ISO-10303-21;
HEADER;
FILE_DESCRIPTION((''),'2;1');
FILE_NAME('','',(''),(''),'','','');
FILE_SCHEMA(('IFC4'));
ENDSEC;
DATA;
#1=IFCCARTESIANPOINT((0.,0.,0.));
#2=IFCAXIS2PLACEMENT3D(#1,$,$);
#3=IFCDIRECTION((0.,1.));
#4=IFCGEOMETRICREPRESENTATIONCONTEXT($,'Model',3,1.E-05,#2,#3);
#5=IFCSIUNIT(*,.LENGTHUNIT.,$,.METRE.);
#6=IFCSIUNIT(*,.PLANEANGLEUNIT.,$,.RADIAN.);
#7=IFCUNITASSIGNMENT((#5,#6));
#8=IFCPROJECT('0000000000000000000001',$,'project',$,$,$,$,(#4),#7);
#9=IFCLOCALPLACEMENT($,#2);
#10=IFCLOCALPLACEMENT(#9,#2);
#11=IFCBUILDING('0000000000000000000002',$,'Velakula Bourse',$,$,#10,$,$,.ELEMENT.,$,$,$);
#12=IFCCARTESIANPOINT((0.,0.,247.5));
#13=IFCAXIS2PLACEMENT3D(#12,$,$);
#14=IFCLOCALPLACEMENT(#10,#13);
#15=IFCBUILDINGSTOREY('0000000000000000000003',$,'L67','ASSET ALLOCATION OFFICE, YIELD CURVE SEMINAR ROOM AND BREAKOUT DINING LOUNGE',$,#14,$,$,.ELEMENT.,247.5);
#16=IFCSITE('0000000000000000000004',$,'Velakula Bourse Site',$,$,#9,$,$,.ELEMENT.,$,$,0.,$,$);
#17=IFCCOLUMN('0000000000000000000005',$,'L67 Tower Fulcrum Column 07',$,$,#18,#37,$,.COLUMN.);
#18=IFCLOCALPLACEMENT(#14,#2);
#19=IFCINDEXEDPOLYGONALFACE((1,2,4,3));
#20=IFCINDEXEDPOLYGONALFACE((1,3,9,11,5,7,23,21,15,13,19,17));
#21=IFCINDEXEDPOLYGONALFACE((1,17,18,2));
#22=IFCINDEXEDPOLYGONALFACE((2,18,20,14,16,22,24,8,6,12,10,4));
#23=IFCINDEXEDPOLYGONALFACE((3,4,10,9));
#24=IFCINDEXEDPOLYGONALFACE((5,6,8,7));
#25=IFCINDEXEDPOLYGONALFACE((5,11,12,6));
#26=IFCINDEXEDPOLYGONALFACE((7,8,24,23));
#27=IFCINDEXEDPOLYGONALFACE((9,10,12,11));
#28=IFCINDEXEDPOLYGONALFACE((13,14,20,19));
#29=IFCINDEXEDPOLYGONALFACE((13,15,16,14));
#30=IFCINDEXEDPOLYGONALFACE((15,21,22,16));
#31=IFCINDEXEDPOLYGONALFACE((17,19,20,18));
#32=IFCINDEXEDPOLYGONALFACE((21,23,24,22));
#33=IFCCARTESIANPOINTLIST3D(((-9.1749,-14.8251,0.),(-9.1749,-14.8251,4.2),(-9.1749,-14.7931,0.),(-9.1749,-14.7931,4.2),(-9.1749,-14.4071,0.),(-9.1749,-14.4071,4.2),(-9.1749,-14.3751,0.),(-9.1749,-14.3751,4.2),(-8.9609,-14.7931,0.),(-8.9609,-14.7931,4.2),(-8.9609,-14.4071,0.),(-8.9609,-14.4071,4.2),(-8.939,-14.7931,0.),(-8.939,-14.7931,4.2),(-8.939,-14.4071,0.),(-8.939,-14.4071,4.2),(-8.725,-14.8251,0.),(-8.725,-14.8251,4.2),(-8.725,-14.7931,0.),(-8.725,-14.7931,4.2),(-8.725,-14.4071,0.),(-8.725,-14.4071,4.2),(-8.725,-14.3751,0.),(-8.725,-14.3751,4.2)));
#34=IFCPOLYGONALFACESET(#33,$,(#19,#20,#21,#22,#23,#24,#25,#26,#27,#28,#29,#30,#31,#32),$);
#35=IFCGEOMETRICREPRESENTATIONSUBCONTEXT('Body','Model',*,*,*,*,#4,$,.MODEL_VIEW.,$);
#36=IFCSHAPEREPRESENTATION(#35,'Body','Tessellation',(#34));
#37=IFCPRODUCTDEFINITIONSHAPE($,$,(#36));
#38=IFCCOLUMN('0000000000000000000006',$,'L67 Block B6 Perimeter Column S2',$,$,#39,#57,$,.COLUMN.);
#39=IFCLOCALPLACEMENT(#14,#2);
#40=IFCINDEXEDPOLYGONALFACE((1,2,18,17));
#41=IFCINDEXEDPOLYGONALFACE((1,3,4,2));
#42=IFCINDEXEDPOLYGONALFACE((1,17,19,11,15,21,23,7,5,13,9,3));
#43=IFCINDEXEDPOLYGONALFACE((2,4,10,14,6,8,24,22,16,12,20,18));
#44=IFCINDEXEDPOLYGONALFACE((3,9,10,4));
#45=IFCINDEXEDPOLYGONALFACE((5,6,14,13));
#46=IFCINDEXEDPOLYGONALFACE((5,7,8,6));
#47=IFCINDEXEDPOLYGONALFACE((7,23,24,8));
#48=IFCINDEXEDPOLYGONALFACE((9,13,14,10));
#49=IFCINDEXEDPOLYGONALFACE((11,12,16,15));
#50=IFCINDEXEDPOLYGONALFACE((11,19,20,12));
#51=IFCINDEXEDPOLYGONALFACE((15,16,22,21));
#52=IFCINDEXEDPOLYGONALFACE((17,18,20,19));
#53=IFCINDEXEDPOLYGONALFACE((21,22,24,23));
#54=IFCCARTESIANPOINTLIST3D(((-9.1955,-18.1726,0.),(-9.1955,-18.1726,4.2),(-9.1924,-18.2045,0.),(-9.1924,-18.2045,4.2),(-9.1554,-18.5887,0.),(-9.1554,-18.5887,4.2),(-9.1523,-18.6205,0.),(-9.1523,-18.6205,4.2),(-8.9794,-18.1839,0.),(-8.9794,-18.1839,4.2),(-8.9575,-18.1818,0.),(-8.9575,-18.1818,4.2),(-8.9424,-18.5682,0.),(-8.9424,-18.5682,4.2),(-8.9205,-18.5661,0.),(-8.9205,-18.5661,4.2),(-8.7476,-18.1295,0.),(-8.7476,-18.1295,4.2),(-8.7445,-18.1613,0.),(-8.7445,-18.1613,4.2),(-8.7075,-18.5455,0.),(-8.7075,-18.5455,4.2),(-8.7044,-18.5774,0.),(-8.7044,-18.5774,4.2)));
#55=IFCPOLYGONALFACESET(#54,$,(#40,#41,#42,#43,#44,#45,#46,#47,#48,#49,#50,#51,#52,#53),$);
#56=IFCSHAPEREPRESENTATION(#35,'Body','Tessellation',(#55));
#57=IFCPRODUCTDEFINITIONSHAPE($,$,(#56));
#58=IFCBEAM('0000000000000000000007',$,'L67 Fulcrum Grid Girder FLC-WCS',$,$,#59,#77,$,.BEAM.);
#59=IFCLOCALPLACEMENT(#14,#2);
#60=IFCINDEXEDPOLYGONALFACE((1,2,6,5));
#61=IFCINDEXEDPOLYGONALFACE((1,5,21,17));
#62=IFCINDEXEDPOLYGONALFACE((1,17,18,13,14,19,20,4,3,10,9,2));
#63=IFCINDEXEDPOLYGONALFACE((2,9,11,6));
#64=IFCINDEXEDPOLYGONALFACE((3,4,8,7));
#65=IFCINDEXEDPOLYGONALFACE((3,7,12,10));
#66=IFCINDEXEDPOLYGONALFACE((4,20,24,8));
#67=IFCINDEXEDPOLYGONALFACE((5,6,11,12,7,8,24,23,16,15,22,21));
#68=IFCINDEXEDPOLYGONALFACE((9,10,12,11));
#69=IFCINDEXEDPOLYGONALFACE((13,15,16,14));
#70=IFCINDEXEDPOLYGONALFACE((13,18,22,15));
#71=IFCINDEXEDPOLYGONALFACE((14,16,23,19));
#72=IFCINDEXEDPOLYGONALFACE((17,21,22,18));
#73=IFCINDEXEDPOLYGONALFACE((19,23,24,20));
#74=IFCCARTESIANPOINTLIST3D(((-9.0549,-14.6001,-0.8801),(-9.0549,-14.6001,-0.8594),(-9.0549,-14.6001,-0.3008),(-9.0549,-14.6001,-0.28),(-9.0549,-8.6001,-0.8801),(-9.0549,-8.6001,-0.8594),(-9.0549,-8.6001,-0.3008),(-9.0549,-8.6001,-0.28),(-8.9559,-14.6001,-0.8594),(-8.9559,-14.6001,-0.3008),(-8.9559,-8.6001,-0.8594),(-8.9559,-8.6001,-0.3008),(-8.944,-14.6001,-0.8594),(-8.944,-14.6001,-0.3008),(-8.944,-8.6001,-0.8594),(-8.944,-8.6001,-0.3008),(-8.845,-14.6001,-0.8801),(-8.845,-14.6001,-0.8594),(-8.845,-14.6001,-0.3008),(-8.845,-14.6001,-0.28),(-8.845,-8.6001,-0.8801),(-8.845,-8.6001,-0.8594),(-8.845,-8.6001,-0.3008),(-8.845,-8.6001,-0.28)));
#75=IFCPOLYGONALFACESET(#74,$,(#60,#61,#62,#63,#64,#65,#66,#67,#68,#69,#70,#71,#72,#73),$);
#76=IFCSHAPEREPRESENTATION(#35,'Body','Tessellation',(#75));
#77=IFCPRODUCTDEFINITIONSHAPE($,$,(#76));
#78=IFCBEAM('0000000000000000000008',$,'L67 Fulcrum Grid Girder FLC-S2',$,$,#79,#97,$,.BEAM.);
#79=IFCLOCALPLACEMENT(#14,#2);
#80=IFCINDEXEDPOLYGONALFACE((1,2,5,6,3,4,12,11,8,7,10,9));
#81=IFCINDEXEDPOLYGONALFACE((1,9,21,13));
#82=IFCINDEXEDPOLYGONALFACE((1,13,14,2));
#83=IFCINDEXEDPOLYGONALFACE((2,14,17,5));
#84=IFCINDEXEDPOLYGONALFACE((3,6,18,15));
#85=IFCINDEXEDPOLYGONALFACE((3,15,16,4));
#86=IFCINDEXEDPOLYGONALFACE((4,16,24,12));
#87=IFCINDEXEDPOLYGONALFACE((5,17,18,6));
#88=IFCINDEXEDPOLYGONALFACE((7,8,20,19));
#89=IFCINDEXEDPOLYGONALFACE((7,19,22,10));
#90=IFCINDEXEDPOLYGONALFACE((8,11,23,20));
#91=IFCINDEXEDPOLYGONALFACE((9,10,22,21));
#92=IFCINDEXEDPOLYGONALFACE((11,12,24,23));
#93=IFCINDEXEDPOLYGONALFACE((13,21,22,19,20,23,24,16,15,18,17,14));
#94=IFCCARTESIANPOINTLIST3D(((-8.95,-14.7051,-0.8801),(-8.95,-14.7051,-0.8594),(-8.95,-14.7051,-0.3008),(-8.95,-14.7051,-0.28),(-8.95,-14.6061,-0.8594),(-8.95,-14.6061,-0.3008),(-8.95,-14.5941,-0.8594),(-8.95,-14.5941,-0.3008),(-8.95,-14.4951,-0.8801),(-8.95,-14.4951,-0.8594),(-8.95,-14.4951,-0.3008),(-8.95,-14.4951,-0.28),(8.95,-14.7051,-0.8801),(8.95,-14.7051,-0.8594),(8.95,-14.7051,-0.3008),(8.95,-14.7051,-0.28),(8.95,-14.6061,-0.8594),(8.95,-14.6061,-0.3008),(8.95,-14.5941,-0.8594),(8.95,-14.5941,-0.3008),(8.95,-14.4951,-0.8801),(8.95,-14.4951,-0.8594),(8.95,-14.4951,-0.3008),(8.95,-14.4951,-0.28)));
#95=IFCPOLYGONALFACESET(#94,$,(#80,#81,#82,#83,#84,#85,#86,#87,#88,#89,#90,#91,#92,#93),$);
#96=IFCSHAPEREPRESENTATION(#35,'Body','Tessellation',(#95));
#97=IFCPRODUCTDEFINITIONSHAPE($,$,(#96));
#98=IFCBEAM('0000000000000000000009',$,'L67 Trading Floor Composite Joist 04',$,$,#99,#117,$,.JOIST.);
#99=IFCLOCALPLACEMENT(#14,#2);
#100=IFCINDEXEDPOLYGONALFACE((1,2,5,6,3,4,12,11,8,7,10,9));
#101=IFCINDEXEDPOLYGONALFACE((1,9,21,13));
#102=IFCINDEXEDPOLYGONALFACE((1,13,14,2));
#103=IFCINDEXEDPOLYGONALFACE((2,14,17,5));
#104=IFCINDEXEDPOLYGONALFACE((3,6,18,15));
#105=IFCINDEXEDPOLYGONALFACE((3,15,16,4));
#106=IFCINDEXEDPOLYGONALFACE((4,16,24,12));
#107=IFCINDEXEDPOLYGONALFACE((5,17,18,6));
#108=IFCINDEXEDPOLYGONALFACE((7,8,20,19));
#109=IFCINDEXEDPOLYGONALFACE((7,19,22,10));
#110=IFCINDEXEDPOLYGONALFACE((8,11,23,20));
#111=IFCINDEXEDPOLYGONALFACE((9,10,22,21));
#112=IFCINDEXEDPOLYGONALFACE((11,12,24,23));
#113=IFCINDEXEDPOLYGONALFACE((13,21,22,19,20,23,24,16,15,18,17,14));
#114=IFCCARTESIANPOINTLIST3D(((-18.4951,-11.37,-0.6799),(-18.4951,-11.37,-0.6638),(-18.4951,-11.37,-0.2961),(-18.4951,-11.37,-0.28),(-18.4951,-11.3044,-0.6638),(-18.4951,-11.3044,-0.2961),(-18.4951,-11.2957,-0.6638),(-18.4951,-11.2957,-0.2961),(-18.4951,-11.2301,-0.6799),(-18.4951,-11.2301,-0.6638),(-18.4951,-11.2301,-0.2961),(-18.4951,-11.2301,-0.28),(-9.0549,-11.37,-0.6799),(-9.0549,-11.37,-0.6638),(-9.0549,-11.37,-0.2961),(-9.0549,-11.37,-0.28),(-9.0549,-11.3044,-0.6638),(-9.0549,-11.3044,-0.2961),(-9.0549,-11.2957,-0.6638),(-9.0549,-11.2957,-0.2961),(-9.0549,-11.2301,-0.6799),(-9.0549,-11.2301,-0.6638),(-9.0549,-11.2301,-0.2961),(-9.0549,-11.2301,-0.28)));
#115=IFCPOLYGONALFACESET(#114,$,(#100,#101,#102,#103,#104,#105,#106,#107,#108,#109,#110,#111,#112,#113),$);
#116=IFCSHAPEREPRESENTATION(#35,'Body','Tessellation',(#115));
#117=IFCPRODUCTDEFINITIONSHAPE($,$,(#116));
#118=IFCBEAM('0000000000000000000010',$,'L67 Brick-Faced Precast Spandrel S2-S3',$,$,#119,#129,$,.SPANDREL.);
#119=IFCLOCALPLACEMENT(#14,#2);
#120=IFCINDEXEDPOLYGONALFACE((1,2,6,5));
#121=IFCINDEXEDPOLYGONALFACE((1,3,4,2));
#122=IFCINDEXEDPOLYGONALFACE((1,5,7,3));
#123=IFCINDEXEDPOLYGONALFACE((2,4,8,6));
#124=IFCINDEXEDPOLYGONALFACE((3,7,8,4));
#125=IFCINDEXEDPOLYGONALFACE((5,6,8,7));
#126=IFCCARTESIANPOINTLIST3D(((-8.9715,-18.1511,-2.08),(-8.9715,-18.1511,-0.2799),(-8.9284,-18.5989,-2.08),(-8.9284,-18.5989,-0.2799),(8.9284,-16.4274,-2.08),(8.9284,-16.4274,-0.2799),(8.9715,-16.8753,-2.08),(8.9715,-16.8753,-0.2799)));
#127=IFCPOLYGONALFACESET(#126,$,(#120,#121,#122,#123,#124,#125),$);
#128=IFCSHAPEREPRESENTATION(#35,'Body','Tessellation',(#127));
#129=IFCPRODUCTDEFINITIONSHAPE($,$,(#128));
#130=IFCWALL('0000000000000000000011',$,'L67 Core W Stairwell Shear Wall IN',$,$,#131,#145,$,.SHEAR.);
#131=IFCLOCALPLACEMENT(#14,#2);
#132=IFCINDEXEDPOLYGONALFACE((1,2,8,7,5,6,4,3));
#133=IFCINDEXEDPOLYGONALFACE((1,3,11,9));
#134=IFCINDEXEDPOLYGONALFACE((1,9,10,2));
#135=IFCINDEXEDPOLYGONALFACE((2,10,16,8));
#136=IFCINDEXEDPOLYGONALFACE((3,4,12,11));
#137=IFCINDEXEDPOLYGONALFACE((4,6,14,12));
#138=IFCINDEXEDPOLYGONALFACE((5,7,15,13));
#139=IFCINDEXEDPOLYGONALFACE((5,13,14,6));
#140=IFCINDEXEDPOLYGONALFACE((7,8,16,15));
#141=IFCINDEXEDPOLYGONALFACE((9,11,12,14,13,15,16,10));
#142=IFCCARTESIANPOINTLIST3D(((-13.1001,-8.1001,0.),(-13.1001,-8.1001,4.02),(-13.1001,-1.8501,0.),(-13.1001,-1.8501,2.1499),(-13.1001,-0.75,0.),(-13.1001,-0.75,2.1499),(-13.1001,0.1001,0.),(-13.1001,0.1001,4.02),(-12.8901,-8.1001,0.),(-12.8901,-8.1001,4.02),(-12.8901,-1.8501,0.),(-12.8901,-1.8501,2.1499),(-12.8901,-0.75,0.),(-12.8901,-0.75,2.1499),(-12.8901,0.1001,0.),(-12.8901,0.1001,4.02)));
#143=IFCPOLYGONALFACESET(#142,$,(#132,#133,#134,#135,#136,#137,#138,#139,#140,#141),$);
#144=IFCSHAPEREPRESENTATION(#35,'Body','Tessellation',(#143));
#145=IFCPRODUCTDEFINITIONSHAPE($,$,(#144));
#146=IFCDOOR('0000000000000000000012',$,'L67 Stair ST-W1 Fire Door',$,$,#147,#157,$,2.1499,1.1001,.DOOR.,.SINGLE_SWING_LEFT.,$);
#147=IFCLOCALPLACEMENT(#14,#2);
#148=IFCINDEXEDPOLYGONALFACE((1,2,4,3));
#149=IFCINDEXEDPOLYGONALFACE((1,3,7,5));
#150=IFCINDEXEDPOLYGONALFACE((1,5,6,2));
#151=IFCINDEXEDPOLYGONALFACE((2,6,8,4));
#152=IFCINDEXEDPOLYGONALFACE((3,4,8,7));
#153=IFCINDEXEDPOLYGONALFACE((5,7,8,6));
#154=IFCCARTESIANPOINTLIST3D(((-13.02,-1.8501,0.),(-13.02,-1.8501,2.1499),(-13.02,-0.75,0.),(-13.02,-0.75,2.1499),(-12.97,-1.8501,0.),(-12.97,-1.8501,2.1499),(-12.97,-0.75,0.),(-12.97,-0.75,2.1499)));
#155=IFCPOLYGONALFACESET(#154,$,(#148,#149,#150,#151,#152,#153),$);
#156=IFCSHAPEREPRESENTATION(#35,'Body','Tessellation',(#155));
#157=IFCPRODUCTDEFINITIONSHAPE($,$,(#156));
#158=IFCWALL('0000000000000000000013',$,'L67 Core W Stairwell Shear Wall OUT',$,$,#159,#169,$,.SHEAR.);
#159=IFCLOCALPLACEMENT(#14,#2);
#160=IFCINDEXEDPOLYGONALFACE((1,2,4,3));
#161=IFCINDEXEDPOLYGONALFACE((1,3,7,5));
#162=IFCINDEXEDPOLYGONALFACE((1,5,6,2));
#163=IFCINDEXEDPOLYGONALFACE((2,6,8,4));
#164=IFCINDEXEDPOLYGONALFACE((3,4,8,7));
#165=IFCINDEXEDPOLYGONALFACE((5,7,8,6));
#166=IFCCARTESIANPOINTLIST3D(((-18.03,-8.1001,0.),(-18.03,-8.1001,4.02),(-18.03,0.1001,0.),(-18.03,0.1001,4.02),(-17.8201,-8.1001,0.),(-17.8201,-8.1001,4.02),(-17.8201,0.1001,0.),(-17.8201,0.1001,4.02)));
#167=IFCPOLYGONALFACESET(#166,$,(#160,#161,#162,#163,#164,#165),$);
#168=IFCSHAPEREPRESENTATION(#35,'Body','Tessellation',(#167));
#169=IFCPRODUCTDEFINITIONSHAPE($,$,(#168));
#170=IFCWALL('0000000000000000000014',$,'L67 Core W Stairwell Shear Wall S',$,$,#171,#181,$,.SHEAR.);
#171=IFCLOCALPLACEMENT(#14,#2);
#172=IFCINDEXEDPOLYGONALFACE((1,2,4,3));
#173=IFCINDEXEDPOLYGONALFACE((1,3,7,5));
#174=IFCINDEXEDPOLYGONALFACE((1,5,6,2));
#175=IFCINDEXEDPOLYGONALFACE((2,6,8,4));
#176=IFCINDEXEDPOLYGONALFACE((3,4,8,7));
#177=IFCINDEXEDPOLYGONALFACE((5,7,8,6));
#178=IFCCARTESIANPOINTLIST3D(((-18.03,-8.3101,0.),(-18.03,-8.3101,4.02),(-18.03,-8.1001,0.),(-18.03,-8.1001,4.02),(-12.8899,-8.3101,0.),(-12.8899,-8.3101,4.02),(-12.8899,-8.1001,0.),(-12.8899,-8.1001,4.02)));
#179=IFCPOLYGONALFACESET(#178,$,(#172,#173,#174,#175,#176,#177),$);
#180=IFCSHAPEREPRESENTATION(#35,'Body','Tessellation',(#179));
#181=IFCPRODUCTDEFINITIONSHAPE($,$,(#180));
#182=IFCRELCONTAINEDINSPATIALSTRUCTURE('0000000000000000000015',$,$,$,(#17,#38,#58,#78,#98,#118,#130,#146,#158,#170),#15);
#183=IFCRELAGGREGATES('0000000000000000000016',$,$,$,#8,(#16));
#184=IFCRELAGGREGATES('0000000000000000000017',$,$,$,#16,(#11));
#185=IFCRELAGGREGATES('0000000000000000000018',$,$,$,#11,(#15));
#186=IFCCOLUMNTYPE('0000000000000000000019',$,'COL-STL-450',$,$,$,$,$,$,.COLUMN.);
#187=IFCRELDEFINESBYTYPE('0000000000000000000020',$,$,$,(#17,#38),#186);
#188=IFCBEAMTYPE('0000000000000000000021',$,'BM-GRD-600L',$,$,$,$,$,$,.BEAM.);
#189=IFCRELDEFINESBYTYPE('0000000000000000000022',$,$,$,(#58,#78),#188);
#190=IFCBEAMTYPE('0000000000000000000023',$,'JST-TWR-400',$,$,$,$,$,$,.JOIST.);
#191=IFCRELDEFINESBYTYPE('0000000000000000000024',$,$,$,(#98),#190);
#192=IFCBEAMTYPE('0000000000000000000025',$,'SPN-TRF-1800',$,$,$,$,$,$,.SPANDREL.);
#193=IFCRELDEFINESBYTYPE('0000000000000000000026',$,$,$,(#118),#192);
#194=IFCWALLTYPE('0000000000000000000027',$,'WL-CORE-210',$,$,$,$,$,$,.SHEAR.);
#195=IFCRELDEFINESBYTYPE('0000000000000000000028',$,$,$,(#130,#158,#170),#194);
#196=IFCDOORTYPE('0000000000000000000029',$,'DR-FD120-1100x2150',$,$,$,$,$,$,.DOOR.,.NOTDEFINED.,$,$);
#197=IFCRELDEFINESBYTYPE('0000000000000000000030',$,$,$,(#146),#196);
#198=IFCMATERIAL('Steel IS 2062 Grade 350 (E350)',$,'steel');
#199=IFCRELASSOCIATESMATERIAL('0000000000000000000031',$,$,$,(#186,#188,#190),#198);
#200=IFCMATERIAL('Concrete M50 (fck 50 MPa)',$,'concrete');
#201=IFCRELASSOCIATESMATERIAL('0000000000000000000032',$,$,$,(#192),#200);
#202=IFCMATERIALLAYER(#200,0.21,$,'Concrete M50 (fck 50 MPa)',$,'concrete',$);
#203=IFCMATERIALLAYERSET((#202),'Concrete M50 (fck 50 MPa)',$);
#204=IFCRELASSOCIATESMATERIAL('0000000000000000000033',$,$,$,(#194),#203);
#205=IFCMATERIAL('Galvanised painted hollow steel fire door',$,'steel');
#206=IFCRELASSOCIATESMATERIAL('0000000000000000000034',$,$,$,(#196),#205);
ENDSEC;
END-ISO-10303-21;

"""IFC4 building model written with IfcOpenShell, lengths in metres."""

from ifc_helpers import new_model, si_unit, direction, frame, frame_2d, origin, origin_2d, place, context, subcontext, project, spatial, rectangle, i_section, extrude, material, layer, layer_set, material_profile, profile_set, type_object, element, fill, save


model = new_model("IFC4")

# Units and contexts
model_context = context("Model", 3, precision=1e-05, world=origin(), true_north=direction((0.0, 1.0)))
body_context = subcontext(model_context, "Body", "Model", "MODEL_VIEW")
ifc_project = project(units=[si_unit("LENGTHUNIT", "METRE"), si_unit("PLANEANGLEUNIT", "RADIAN")], contexts=[model_context])

# Site, building, storey
site_placement = place(None, origin())
site = spatial("IfcSite", under=ifc_project, at=site_placement, Name="Velakula Bourse Site", CompositionType="ELEMENT", RefElevation=0.0)
building_placement = place(site_placement, origin())
building = spatial("IfcBuilding", under=site, at=building_placement, Name="Velakula Bourse", CompositionType="ELEMENT")
storey_placement = place(building_placement, frame((0.0, 0.0, 247.5)))
storey = spatial("IfcBuildingStorey", under=building, at=storey_placement, Name="L67", Description="ASSET ALLOCATION OFFICE, YIELD CURVE SEMINAR ROOM AND BREAKOUT DINING LOUNGE", CompositionType="ELEMENT", Elevation=247.5)

# Columns
ifc_material_1 = material(Name="Steel IS 2062 Grade 350 (E350)", Category="steel")
ifc_material_profile_1 = material_profile(ifc_material_1, i_section(OverallWidth=0.45, OverallDepth=0.45, WebThickness=0.022, FlangeThickness=0.032, at=origin_2d()), Name="Steel IS 2062 Grade 350 (E350)")
ifc_profile_set_1 = profile_set([ifc_material_profile_1], Name="Steel IS 2062 Grade 350 (E350)")
column_type = type_object("IfcColumnType", Name="COL-STL-450", PredefinedType="COLUMN", material=ifc_profile_set_1)
for number, where, z_axis, x_axis, name in (
    (1, (-8.95, -14.6001, 0.0), (0.0, 0.0, 1.0), (1.0, 0.0, 0.0), "L67 Tower Fulcrum Column 07"),
    (2, (-8.95, -18.375, 0.0), (0.0, 0.0, 1.0), (0.995396, 0.095846, 0.0), "L67 Block B6 Perimeter Column S2"),
):
    element("IfcColumn", number, at=place(storey_placement, frame(where, z_axis=z_axis, x_axis=x_axis)), inside=storey, type_object=column_type, Name=name, PredefinedType="COLUMN", context=body_context, shape_type="SweptSolid", body=[
        extrude(i_section(OverallWidth=0.45, OverallDepth=0.45, WebThickness=0.022, FlangeThickness=0.032, at=origin_2d()), origin(), (0.0, 0.0, 1.0), 4.2),
    ])

# Beams
ifc_material_profile_2 = material_profile(ifc_material_1, i_section(OverallWidth=0.21, OverallDepth=0.6001, WebThickness=0.012, FlangeThickness=0.0208, at=origin_2d()), Name="Steel IS 2062 Grade 350 (E350)")
ifc_profile_set_2 = profile_set([ifc_material_profile_2], Name="Steel IS 2062 Grade 350 (E350)")
beam_type_1 = type_object("IfcBeamType", Name="BM-GRD-600L", PredefinedType="BEAM", material=ifc_profile_set_2)
beam_1_placement = place(storey_placement, frame((-8.95, -14.6001, -0.5801), z_axis=(0.0, 1.0, 0.0), x_axis=(-1.0, 0.0, 0.0)))
element("IfcBeam", 3, at=beam_1_placement, inside=storey, type_object=beam_type_1, Name="L67 Fulcrum Grid Girder FLC-WCS", PredefinedType="BEAM", context=body_context, shape_type="SweptSolid", body=[
    extrude(i_section(OverallWidth=0.21, OverallDepth=0.6001, WebThickness=0.012, FlangeThickness=0.0208, at=origin_2d()), origin(), (0.0, 0.0, 1.0), 6.0),
])
beam_2_placement = place(storey_placement, frame((-8.95, -14.6001, -0.5801), z_axis=(1.0, 0.0, 0.0), x_axis=(0.0, 1.0, 0.0)))
element("IfcBeam", 4, at=beam_2_placement, inside=storey, type_object=beam_type_1, Name="L67 Fulcrum Grid Girder FLC-S2", PredefinedType="BEAM", context=body_context, shape_type="SweptSolid", body=[
    extrude(i_section(OverallWidth=0.21, OverallDepth=0.6001, WebThickness=0.012, FlangeThickness=0.0208, at=origin_2d()), origin(), (0.0, 0.0, 1.0), 17.8999),
])
ifc_material_profile_3 = material_profile(ifc_material_1, i_section(OverallWidth=0.1399, OverallDepth=0.3999, WebThickness=0.0088, FlangeThickness=0.0161, at=origin_2d()), Name="Steel IS 2062 Grade 350 (E350)")
ifc_profile_set_3 = profile_set([ifc_material_profile_3], Name="Steel IS 2062 Grade 350 (E350)")
beam_type_2 = type_object("IfcBeamType", Name="JST-TWR-400", PredefinedType="JOIST", material=ifc_profile_set_3)
beam_3_placement = place(storey_placement, frame((-18.4951, -11.3, -0.48), z_axis=(1.0, 0.0, 0.0), x_axis=(0.0, 1.0, 0.0)))
element("IfcBeam", 5, at=beam_3_placement, inside=storey, type_object=beam_type_2, Name="L67 Trading Floor Composite Joist 04", PredefinedType="JOIST", context=body_context, shape_type="SweptSolid", body=[
    extrude(i_section(OverallWidth=0.1399, OverallDepth=0.3999, WebThickness=0.0088, FlangeThickness=0.0161, at=origin_2d()), origin(), (0.0, 0.0, 1.0), 9.4402),
])
ifc_material_2 = material(Name="Concrete M50 (fck 50 MPa)", Category="concrete")
ifc_material_profile_4 = material_profile(ifc_material_2, rectangle(XDim=0.45, YDim=1.8, at=origin_2d()), Name="Concrete M50 (fck 50 MPa)")
ifc_profile_set_4 = profile_set([ifc_material_profile_4], Name="Concrete M50 (fck 50 MPa)")
beam_type_3 = type_object("IfcBeamType", Name="SPN-TRF-1800", PredefinedType="SPANDREL", material=ifc_profile_set_4)
beam_4_placement = place(storey_placement, frame((-8.95, -18.375, -1.1799), z_axis=(0.995396, 0.09585, 0.0), x_axis=(-0.09585, 0.995396, 0.0)))
element("IfcBeam", 6, at=beam_4_placement, inside=storey, type_object=beam_type_3, Name="L67 Brick-Faced Precast Spandrel S2-S3", PredefinedType="SPANDREL", context=body_context, shape_type="SweptSolid", body=[
    extrude(rectangle(XDim=0.45, YDim=1.8, at=origin_2d()), origin(), (0.0, 0.0, 1.0), 17.9827),
])

# Wall, opening, door
ifc_layer_1 = layer(ifc_material_2, 0.21, Name="Concrete M50 (fck 50 MPa)", Category="concrete")
ifc_layer_set_1 = layer_set([ifc_layer_1], Name="Concrete M50 (fck 50 MPa)")
wall_type_1 = type_object("IfcWallType", Name="WL-CORE-210", PredefinedType="SHEAR", material=ifc_layer_set_1)
wall_1_placement = place(storey_placement, frame((-12.9951, -8.1001, 0.0), z_axis=(0.0, 0.0, 1.0), x_axis=(0.0, 1.0, 0.0)))
wall_1 = element("IfcWall", 7, at=wall_1_placement, inside=storey, type_object=wall_type_1, Name="L67 Core W Stairwell Shear Wall IN", PredefinedType="SHEAR", context=body_context, shape_type="SweptSolid", body=[
    extrude(rectangle(XDim=8.2002, YDim=0.21, at=frame_2d((4.1001, 0.0))), origin(), (0.0, 0.0, 1.0), 4.02),
])
opening_1_placement = place(wall_1_placement, frame((6.25, 0.0, 0.0)))
opening_1 = element("IfcOpeningElement", 8, at=opening_1_placement, cuts=wall_1, PredefinedType="OPENING", context=body_context, shape_type="SweptSolid", body=[
    extrude(rectangle(XDim=1.1001, YDim=2.1499, at=frame_2d((0.55, 1.075))), frame((0.0, 0.115, 0.0), z_axis=(0.0, -1.0, 0.0), x_axis=(1.0, 0.0, 0.0)), (0.0, 0.0, 1.0), 0.23),
])
ifc_material_3 = material(Name="Galvanised painted hollow steel fire door", Category="steel")
door_type_1 = type_object("IfcDoorType", Name="DR-FD120-1100x2150", OperationType="NOTDEFINED", PredefinedType="DOOR", material=ifc_material_3)
door_1_placement = place(opening_1_placement, origin())
door_1 = element("IfcDoor", 9, at=door_1_placement, inside=storey, type_object=door_type_1, Name="L67 Stair ST-W1 Fire Door", OperationType="SINGLE_SWING_LEFT", OverallHeight=2.1499, OverallWidth=1.1001, PredefinedType="DOOR", context=body_context, shape_type="SweptSolid", body=[
    extrude(rectangle(XDim=1.1001, YDim=2.1499, at=frame_2d((0.55, 1.075))), frame((0.0, 0.0249, 0.0), z_axis=(0.0, -1.0, 0.0), x_axis=(1.0, 0.0, 0.0)), (0.0, 0.0, 1.0), 0.05),
])
fill(opening_1, door_1)

# Walls
wall_2_placement = place(storey_placement, frame((-17.925, -8.1001, 0.0), z_axis=(0.0, 0.0, 1.0), x_axis=(0.0, 1.0, 0.0)))
element("IfcWall", 10, at=wall_2_placement, inside=storey, type_object=wall_type_1, Name="L67 Core W Stairwell Shear Wall OUT", PredefinedType="SHEAR", context=body_context, shape_type="SweptSolid", body=[
    extrude(rectangle(XDim=8.2002, YDim=0.21, at=frame_2d((4.1001, 0.0))), origin(), (0.0, 0.0, 1.0), 4.02),
])
wall_3_placement = place(storey_placement, frame((-18.03, -8.2051, 0.0), z_axis=(0.0, 0.0, 1.0), x_axis=(1.0, 0.0, 0.0)))
element("IfcWall", 11, at=wall_3_placement, inside=storey, type_object=wall_type_1, Name="L67 Core W Stairwell Shear Wall S", PredefinedType="SHEAR", context=body_context, shape_type="SweptSolid", body=[
    extrude(rectangle(XDim=5.1401, YDim=0.21, at=frame_2d((2.5701, 0.0))), origin(), (0.0, 0.0, 1.0), 4.02),
])

save(model, "model.ifc")
